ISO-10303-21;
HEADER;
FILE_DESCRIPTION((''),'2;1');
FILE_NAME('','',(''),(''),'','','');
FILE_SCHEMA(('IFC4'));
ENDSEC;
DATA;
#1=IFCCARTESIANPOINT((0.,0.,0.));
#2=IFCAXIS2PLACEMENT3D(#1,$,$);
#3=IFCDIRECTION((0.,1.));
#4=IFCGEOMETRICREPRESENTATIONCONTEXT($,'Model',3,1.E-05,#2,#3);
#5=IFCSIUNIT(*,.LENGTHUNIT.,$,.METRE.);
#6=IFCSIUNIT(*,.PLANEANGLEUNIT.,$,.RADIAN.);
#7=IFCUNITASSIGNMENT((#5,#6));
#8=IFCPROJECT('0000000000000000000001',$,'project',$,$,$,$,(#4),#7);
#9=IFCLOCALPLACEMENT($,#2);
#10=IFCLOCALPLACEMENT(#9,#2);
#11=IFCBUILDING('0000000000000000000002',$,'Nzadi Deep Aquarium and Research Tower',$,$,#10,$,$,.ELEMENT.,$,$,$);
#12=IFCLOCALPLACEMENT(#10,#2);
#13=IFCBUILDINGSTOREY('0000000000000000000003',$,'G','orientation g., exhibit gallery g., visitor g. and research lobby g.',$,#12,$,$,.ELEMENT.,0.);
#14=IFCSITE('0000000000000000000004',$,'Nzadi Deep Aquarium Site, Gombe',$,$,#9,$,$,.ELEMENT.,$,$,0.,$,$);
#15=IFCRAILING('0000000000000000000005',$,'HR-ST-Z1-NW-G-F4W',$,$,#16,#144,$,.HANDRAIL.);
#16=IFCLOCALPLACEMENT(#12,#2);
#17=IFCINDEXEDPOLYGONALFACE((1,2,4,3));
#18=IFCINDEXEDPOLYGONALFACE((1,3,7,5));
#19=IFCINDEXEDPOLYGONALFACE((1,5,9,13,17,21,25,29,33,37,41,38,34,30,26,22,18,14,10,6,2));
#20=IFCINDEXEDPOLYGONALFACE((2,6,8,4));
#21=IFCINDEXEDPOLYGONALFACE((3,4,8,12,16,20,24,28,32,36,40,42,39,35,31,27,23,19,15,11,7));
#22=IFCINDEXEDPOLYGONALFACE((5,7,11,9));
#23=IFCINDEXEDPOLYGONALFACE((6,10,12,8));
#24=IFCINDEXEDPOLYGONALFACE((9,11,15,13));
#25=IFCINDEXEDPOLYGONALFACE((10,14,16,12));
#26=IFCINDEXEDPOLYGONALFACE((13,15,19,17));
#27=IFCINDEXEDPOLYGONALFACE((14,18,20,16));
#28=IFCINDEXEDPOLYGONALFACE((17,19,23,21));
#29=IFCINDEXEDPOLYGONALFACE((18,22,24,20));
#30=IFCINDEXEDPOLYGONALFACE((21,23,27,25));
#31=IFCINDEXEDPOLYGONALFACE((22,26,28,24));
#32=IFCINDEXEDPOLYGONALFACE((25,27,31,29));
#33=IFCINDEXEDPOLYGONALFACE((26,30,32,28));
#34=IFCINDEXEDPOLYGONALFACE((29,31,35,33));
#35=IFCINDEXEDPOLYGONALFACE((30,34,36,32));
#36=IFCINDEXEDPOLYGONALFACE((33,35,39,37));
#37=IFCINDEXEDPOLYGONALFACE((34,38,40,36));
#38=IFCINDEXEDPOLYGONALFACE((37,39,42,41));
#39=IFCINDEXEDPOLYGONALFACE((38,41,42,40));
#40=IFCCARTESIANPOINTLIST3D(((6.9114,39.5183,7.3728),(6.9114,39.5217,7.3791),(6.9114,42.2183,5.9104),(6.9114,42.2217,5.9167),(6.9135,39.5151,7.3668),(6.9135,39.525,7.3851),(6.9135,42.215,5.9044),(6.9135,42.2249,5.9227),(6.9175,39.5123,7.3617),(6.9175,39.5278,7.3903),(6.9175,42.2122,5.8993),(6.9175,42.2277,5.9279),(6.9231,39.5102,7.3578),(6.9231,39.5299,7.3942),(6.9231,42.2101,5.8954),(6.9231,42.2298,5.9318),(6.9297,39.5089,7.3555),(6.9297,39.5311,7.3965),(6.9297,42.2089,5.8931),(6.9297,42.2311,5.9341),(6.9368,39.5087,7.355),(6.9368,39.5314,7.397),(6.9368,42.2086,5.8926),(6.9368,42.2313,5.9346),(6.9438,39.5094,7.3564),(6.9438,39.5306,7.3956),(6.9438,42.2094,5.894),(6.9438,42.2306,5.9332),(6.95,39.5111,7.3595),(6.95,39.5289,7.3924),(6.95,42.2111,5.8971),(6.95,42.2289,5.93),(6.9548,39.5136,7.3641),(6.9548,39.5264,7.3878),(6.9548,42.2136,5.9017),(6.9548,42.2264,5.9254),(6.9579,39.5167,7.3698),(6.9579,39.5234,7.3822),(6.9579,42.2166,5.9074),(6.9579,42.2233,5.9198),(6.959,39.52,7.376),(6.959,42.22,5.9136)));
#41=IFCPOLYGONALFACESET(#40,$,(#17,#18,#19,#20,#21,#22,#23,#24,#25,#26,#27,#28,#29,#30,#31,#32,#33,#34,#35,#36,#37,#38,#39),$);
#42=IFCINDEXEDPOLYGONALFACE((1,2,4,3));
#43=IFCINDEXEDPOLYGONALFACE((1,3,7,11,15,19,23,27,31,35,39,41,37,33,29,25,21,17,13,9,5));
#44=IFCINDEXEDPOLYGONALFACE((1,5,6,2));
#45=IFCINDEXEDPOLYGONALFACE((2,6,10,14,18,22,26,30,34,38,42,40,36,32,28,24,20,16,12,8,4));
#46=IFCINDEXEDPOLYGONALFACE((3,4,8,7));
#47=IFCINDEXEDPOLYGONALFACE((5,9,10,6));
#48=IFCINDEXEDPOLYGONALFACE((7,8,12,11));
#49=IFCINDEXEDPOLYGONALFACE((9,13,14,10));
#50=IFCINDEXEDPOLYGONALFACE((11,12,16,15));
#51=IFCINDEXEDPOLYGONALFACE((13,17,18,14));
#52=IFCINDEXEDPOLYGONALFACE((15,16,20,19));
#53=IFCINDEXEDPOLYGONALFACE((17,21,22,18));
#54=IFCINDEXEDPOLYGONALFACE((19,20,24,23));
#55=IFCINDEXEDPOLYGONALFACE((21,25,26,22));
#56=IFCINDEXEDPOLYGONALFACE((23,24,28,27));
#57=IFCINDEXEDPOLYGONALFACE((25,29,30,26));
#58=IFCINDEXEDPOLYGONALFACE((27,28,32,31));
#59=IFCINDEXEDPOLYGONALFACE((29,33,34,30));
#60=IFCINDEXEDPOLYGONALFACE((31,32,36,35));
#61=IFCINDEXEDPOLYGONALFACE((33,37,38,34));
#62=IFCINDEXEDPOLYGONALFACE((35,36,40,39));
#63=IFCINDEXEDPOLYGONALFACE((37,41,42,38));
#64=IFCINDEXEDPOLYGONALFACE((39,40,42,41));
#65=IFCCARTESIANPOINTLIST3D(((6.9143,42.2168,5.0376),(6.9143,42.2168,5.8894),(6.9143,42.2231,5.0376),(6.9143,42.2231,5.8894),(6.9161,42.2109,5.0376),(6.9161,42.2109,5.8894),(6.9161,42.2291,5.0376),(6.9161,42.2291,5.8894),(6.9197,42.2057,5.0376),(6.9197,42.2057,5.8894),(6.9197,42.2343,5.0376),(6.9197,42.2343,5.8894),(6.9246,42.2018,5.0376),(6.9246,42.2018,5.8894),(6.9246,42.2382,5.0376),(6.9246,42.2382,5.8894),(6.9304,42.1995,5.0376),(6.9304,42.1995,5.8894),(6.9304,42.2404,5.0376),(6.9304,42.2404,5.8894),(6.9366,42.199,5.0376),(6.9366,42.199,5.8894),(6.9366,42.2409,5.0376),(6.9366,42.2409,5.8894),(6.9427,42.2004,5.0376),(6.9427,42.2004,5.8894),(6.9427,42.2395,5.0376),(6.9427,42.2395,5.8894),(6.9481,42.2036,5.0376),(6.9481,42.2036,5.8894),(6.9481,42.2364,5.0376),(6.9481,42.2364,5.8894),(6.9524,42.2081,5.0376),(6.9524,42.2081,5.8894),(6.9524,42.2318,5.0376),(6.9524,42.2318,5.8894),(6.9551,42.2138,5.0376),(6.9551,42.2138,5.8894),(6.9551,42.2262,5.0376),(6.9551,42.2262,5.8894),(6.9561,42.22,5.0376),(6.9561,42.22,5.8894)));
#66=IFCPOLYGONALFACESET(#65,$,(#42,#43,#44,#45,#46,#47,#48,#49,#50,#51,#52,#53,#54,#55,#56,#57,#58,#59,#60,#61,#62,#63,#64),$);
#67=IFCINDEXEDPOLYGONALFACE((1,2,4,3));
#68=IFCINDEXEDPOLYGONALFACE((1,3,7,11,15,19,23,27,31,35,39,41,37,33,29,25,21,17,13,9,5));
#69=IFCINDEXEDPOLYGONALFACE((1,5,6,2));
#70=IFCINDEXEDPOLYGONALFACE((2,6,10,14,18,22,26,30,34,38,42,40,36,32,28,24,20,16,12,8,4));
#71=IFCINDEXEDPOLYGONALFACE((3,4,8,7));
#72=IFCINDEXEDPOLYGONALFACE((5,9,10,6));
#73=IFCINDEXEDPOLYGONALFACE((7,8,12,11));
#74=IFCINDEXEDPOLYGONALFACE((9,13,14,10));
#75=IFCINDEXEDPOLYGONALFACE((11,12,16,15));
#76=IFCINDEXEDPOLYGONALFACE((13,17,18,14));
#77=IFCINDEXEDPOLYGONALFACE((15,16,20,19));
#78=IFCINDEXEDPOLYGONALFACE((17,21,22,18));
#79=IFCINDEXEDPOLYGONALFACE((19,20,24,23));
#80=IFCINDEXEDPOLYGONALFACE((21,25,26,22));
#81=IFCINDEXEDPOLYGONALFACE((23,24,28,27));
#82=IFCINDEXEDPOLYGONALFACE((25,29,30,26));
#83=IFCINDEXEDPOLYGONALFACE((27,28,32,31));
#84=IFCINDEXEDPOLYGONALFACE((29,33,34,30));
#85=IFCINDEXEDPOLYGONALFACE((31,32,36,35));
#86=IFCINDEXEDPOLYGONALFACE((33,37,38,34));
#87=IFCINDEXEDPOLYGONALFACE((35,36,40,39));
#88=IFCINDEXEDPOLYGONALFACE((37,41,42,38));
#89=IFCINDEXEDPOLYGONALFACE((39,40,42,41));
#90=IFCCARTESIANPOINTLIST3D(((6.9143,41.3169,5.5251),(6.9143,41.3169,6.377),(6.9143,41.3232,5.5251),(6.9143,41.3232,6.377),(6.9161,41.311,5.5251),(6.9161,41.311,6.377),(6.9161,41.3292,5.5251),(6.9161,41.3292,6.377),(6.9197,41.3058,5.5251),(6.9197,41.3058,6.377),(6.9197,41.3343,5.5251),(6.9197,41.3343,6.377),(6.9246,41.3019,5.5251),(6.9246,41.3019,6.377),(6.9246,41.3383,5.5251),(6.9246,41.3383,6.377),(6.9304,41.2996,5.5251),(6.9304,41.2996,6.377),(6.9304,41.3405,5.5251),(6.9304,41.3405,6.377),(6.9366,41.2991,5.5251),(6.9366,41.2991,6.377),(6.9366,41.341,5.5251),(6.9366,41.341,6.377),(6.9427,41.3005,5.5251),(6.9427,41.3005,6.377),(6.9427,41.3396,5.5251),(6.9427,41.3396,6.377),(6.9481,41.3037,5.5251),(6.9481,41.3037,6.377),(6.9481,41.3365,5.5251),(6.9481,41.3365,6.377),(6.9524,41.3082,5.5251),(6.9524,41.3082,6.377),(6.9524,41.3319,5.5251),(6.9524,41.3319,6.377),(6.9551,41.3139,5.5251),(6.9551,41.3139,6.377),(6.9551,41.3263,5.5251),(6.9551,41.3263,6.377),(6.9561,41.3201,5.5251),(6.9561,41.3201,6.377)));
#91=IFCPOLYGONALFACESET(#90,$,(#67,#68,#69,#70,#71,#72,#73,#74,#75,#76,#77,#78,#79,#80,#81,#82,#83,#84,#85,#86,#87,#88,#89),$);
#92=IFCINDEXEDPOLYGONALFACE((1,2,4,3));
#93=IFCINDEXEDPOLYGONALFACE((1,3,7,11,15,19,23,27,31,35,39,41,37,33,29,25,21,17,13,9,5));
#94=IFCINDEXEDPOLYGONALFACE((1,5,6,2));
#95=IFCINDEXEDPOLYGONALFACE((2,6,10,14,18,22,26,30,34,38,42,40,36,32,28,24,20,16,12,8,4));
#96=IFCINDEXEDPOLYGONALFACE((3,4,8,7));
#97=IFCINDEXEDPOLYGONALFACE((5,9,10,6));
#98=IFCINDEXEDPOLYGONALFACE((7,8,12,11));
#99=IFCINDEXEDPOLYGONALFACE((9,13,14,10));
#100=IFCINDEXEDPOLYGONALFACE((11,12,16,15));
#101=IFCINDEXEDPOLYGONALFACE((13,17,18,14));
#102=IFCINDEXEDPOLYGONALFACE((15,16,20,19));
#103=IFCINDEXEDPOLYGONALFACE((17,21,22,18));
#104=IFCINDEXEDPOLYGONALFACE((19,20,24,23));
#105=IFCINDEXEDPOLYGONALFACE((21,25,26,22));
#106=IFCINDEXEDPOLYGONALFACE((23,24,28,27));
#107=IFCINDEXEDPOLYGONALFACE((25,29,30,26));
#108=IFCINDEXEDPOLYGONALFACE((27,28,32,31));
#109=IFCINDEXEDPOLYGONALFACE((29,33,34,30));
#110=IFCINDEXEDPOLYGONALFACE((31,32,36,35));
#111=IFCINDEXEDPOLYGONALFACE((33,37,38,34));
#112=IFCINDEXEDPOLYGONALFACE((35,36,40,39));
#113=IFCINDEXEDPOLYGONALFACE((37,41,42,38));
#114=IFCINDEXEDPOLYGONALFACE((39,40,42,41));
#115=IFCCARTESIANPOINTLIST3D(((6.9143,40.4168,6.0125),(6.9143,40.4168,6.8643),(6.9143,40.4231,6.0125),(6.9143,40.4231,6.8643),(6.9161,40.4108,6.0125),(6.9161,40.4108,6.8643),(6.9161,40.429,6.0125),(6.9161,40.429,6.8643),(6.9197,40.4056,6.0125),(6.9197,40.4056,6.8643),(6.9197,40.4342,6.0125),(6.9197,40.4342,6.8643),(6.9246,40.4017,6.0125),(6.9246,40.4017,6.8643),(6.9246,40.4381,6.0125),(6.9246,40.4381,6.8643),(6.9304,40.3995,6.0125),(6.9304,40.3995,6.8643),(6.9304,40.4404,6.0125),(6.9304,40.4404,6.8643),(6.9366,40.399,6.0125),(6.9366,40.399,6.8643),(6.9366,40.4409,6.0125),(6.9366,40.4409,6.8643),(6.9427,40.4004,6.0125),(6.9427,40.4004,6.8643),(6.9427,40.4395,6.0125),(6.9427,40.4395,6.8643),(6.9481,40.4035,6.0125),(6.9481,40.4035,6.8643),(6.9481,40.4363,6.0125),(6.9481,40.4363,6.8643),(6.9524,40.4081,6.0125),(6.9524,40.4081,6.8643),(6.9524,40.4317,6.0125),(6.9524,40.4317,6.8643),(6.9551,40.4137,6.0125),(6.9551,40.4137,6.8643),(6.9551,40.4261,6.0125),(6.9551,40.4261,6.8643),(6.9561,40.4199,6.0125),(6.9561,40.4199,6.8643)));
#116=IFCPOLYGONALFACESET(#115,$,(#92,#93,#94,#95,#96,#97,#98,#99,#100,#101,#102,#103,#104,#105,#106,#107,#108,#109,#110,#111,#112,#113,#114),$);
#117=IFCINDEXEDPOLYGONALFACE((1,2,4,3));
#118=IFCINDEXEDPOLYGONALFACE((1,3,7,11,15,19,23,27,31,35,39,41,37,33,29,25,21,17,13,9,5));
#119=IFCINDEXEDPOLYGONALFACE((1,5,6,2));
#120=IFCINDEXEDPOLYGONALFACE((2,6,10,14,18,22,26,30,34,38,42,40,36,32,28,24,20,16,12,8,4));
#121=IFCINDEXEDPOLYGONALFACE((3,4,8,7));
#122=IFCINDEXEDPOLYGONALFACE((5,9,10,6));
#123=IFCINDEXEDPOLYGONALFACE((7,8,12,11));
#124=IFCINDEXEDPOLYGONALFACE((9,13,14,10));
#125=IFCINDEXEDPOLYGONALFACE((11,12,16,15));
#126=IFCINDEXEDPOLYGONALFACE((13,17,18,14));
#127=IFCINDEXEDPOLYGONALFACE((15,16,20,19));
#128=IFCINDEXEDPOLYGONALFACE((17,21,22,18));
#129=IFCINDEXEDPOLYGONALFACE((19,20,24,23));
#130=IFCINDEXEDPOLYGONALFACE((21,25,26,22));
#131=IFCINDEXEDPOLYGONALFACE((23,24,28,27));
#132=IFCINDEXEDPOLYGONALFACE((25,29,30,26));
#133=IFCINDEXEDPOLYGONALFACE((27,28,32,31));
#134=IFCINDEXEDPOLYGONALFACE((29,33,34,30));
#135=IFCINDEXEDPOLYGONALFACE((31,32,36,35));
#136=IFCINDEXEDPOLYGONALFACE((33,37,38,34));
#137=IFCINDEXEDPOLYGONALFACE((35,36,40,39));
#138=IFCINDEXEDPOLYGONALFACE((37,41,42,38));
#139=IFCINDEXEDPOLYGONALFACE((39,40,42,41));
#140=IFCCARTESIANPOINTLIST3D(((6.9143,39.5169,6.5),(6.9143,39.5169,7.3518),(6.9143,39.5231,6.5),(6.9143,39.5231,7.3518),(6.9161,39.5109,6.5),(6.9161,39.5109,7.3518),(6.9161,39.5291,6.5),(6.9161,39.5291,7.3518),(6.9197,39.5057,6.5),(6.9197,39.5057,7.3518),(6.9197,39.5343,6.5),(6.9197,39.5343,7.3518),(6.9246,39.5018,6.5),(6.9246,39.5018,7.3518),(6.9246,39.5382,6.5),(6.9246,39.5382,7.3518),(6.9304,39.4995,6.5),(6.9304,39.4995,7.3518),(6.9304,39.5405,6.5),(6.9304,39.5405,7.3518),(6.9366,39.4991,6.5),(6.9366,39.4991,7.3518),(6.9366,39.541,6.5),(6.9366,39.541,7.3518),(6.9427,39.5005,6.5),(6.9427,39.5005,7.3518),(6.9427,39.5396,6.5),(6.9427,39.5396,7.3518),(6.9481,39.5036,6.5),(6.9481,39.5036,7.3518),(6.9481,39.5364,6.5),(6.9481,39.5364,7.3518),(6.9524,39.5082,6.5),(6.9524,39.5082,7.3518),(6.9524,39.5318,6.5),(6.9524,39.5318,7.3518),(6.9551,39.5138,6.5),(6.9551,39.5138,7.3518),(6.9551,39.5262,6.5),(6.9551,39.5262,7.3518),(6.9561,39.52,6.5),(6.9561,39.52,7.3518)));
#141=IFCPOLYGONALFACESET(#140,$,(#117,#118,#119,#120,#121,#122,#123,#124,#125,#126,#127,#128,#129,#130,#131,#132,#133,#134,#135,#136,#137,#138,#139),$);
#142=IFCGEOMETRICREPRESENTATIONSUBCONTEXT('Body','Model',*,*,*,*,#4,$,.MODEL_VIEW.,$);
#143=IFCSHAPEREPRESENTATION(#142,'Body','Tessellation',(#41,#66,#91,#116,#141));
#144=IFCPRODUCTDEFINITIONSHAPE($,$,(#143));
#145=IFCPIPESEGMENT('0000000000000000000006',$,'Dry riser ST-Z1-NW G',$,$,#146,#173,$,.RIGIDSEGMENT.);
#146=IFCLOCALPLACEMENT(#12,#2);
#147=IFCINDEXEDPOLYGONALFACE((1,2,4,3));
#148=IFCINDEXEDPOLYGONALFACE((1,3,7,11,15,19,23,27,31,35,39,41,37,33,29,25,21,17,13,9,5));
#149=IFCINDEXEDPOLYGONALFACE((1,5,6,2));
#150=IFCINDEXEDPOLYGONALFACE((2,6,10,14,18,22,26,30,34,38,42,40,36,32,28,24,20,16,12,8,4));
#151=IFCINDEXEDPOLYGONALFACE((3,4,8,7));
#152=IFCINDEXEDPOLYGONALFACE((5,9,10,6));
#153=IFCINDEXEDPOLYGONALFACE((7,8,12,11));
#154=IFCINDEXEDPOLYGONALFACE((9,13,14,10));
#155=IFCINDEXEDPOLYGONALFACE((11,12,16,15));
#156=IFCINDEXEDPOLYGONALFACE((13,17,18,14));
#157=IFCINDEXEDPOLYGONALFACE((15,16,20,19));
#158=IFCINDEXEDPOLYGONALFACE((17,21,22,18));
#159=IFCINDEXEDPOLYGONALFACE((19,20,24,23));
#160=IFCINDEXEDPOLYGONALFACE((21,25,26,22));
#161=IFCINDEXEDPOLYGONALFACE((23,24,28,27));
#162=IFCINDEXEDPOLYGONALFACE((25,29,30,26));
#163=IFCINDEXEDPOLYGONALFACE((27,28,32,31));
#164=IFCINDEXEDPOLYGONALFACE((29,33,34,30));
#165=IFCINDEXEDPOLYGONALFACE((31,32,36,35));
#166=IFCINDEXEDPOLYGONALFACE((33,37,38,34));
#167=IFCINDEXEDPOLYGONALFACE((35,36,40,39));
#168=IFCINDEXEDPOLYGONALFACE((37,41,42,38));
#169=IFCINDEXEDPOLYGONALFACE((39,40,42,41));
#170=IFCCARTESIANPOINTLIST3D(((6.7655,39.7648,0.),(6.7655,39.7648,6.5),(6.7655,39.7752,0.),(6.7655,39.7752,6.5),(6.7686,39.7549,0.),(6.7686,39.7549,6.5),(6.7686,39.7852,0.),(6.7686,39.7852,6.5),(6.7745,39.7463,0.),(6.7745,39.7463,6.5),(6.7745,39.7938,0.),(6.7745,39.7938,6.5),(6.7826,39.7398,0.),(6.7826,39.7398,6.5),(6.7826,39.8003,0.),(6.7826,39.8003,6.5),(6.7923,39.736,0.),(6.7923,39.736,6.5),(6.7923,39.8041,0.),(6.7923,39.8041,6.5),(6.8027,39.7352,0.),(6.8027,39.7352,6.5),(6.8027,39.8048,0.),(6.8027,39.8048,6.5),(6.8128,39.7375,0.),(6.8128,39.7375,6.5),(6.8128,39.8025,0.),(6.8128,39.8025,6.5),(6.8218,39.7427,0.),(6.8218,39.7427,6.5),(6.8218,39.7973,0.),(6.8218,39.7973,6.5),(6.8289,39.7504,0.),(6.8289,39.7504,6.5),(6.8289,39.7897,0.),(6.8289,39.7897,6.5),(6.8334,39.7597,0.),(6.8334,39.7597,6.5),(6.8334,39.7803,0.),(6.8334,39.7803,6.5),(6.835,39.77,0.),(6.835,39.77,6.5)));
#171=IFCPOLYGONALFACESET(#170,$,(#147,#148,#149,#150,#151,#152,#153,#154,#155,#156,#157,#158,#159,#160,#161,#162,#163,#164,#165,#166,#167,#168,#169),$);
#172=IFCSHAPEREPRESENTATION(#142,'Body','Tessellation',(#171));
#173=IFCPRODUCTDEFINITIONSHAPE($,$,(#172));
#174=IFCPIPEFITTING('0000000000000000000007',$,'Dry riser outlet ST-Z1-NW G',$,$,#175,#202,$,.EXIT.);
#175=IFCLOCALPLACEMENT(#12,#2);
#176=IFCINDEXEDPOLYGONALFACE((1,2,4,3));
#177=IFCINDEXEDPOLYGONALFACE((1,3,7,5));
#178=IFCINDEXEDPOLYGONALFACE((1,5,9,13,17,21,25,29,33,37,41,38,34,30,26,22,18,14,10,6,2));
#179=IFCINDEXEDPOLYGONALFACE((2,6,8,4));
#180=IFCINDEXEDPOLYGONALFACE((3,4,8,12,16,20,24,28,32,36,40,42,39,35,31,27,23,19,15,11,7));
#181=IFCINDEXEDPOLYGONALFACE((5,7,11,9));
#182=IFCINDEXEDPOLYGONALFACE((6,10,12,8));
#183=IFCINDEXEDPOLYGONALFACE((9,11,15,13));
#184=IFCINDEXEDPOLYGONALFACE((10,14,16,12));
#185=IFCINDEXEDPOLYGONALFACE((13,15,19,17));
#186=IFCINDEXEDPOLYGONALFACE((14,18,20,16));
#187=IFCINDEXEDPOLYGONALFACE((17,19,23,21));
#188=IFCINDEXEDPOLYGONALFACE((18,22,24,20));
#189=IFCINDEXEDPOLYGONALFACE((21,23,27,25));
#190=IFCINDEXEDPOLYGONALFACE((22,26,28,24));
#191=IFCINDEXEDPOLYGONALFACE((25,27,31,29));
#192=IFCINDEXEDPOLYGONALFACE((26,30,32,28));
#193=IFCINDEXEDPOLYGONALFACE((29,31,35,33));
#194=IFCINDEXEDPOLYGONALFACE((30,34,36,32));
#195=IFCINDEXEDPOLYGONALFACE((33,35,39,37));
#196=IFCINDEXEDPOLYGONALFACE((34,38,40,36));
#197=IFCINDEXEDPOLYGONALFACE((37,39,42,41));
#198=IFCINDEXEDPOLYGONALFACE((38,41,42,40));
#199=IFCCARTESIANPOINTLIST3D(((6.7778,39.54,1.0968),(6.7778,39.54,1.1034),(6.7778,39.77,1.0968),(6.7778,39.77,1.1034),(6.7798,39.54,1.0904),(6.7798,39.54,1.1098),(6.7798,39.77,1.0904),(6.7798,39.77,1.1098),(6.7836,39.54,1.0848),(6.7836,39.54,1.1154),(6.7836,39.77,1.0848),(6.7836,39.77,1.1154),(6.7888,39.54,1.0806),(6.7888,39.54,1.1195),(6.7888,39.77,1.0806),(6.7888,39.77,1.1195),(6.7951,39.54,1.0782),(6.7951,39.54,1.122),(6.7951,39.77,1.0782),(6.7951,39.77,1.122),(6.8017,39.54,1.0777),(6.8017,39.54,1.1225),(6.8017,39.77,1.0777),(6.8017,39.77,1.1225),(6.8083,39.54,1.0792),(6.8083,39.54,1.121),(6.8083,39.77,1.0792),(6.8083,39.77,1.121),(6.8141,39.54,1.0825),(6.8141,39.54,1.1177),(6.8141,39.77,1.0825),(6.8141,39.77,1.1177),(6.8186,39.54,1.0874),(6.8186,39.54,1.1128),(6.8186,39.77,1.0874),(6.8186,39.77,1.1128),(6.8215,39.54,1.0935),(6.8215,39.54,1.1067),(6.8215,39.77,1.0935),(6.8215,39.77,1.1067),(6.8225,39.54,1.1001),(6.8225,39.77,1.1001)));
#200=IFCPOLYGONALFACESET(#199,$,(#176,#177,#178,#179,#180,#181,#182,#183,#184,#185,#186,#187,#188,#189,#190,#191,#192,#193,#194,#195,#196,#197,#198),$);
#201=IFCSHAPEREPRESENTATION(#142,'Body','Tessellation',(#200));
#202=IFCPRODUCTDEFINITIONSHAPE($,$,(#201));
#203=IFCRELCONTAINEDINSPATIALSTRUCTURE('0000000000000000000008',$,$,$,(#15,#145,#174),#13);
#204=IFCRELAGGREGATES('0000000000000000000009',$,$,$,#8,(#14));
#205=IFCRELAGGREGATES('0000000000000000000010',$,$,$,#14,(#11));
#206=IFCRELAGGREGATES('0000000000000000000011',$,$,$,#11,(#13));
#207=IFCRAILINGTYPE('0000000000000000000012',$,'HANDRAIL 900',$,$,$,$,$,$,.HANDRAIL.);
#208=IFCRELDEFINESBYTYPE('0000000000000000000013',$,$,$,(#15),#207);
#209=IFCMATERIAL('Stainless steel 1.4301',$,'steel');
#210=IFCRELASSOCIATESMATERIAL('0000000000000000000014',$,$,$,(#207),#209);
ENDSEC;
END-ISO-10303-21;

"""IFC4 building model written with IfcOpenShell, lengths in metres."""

from ifc_helpers import new_model, si_unit, direction, frame, origin, origin_2d, place, context, subcontext, project, spatial, circle, extrude, material, type_object, element, save


model = new_model("IFC4")

# Units and contexts
model_context = context("Model", 3, precision=1e-05, world=origin(), true_north=direction((0.0, 1.0)))
body_context = subcontext(model_context, "Body", "Model", "MODEL_VIEW")
ifc_project = project(units=[si_unit("LENGTHUNIT", "METRE"), si_unit("PLANEANGLEUNIT", "RADIAN")], contexts=[model_context])

# Site, building, storey
site_placement = place(None, origin())
site = spatial("IfcSite", under=ifc_project, at=site_placement, Name="Nzadi Deep Aquarium Site, Gombe", CompositionType="ELEMENT", RefElevation=0.0)
building_placement = place(site_placement, origin())
building = spatial("IfcBuilding", under=site, at=building_placement, Name="Nzadi Deep Aquarium and Research Tower", CompositionType="ELEMENT")
storey_placement = place(building_placement, origin())
storey = spatial("IfcBuildingStorey", under=building, at=storey_placement, Name="G", Description="orientation g., exhibit gallery g., visitor g. and research lobby g.", CompositionType="ELEMENT", Elevation=0.0)

# Railing
ifc_material_1 = material(Name="Stainless steel 1.4301", Category="steel")
railing_type = type_object("IfcRailingType", Name="HANDRAIL 900", PredefinedType="HANDRAIL", material=ifc_material_1)
railing_1_placement = place(storey_placement, frame((6.9351, 42.22, 5.0376)))
element("IfcRailing", 1, at=railing_1_placement, inside=storey, type_object=railing_type, Name="HR-ST-Z1-NW-G-F4W", PredefinedType="HANDRAIL", context=body_context, shape_type="SweptSolid", body=[
    extrude(circle(Radius=0.0239, at=origin_2d()), frame((0.0, 0.0, 0.876), z_axis=(0.0, -0.879302, 0.476265), x_axis=(1.0, 0.0, 0.0)), (0.0, 0.0, 1.0), 3.0706),
    extrude(circle(Radius=0.021, at=origin_2d()), origin(), (0.0, 0.0, 1.0), 0.8518),
    extrude(circle(Radius=0.021, at=origin_2d()), frame((0.0, -0.8999, 0.4875)), (0.0, 0.0, 1.0), 0.8518),
    extrude(circle(Radius=0.021, at=origin_2d()), frame((0.0, -1.8, 0.9749)), (0.0, 0.0, 1.0), 0.8518),
    extrude(circle(Radius=0.021, at=origin_2d()), frame((0.0, -2.7, 1.4624)), (0.0, 0.0, 1.0), 0.8518),
])

# Pipe segment
pipe_segment_placement = place(storey_placement, frame((6.8, 39.77, 0.0), z_axis=(0.0, 0.0, 1.0), x_axis=(1.0, 0.0, 0.0)))
element("IfcPipeSegment", 2, at=pipe_segment_placement, inside=storey, Name="Dry riser ST-Z1-NW G", PredefinedType="RIGIDSEGMENT", context=body_context, shape_type="SweptSolid", body=[
    extrude(circle(Radius=0.0349, at=origin_2d()), origin(), (0.0, 0.0, 1.0), 6.5),
])

# Pipe fitting
pipe_fitting_placement = place(storey_placement, frame((6.8, 39.77, 1.1001), z_axis=(0.0, -1.0, 0.0), x_axis=(1.0, 0.0, 0.0)))
element("IfcPipeFitting", 3, at=pipe_fitting_placement, inside=storey, Name="Dry riser outlet ST-Z1-NW G", PredefinedType="EXIT", context=body_context, shape_type="SweptSolid", body=[
    extrude(circle(Radius=0.0225, at=origin_2d()), origin(), (0.0, 0.0, 1.0), 0.23),
])

save(model, "model.ifc")
